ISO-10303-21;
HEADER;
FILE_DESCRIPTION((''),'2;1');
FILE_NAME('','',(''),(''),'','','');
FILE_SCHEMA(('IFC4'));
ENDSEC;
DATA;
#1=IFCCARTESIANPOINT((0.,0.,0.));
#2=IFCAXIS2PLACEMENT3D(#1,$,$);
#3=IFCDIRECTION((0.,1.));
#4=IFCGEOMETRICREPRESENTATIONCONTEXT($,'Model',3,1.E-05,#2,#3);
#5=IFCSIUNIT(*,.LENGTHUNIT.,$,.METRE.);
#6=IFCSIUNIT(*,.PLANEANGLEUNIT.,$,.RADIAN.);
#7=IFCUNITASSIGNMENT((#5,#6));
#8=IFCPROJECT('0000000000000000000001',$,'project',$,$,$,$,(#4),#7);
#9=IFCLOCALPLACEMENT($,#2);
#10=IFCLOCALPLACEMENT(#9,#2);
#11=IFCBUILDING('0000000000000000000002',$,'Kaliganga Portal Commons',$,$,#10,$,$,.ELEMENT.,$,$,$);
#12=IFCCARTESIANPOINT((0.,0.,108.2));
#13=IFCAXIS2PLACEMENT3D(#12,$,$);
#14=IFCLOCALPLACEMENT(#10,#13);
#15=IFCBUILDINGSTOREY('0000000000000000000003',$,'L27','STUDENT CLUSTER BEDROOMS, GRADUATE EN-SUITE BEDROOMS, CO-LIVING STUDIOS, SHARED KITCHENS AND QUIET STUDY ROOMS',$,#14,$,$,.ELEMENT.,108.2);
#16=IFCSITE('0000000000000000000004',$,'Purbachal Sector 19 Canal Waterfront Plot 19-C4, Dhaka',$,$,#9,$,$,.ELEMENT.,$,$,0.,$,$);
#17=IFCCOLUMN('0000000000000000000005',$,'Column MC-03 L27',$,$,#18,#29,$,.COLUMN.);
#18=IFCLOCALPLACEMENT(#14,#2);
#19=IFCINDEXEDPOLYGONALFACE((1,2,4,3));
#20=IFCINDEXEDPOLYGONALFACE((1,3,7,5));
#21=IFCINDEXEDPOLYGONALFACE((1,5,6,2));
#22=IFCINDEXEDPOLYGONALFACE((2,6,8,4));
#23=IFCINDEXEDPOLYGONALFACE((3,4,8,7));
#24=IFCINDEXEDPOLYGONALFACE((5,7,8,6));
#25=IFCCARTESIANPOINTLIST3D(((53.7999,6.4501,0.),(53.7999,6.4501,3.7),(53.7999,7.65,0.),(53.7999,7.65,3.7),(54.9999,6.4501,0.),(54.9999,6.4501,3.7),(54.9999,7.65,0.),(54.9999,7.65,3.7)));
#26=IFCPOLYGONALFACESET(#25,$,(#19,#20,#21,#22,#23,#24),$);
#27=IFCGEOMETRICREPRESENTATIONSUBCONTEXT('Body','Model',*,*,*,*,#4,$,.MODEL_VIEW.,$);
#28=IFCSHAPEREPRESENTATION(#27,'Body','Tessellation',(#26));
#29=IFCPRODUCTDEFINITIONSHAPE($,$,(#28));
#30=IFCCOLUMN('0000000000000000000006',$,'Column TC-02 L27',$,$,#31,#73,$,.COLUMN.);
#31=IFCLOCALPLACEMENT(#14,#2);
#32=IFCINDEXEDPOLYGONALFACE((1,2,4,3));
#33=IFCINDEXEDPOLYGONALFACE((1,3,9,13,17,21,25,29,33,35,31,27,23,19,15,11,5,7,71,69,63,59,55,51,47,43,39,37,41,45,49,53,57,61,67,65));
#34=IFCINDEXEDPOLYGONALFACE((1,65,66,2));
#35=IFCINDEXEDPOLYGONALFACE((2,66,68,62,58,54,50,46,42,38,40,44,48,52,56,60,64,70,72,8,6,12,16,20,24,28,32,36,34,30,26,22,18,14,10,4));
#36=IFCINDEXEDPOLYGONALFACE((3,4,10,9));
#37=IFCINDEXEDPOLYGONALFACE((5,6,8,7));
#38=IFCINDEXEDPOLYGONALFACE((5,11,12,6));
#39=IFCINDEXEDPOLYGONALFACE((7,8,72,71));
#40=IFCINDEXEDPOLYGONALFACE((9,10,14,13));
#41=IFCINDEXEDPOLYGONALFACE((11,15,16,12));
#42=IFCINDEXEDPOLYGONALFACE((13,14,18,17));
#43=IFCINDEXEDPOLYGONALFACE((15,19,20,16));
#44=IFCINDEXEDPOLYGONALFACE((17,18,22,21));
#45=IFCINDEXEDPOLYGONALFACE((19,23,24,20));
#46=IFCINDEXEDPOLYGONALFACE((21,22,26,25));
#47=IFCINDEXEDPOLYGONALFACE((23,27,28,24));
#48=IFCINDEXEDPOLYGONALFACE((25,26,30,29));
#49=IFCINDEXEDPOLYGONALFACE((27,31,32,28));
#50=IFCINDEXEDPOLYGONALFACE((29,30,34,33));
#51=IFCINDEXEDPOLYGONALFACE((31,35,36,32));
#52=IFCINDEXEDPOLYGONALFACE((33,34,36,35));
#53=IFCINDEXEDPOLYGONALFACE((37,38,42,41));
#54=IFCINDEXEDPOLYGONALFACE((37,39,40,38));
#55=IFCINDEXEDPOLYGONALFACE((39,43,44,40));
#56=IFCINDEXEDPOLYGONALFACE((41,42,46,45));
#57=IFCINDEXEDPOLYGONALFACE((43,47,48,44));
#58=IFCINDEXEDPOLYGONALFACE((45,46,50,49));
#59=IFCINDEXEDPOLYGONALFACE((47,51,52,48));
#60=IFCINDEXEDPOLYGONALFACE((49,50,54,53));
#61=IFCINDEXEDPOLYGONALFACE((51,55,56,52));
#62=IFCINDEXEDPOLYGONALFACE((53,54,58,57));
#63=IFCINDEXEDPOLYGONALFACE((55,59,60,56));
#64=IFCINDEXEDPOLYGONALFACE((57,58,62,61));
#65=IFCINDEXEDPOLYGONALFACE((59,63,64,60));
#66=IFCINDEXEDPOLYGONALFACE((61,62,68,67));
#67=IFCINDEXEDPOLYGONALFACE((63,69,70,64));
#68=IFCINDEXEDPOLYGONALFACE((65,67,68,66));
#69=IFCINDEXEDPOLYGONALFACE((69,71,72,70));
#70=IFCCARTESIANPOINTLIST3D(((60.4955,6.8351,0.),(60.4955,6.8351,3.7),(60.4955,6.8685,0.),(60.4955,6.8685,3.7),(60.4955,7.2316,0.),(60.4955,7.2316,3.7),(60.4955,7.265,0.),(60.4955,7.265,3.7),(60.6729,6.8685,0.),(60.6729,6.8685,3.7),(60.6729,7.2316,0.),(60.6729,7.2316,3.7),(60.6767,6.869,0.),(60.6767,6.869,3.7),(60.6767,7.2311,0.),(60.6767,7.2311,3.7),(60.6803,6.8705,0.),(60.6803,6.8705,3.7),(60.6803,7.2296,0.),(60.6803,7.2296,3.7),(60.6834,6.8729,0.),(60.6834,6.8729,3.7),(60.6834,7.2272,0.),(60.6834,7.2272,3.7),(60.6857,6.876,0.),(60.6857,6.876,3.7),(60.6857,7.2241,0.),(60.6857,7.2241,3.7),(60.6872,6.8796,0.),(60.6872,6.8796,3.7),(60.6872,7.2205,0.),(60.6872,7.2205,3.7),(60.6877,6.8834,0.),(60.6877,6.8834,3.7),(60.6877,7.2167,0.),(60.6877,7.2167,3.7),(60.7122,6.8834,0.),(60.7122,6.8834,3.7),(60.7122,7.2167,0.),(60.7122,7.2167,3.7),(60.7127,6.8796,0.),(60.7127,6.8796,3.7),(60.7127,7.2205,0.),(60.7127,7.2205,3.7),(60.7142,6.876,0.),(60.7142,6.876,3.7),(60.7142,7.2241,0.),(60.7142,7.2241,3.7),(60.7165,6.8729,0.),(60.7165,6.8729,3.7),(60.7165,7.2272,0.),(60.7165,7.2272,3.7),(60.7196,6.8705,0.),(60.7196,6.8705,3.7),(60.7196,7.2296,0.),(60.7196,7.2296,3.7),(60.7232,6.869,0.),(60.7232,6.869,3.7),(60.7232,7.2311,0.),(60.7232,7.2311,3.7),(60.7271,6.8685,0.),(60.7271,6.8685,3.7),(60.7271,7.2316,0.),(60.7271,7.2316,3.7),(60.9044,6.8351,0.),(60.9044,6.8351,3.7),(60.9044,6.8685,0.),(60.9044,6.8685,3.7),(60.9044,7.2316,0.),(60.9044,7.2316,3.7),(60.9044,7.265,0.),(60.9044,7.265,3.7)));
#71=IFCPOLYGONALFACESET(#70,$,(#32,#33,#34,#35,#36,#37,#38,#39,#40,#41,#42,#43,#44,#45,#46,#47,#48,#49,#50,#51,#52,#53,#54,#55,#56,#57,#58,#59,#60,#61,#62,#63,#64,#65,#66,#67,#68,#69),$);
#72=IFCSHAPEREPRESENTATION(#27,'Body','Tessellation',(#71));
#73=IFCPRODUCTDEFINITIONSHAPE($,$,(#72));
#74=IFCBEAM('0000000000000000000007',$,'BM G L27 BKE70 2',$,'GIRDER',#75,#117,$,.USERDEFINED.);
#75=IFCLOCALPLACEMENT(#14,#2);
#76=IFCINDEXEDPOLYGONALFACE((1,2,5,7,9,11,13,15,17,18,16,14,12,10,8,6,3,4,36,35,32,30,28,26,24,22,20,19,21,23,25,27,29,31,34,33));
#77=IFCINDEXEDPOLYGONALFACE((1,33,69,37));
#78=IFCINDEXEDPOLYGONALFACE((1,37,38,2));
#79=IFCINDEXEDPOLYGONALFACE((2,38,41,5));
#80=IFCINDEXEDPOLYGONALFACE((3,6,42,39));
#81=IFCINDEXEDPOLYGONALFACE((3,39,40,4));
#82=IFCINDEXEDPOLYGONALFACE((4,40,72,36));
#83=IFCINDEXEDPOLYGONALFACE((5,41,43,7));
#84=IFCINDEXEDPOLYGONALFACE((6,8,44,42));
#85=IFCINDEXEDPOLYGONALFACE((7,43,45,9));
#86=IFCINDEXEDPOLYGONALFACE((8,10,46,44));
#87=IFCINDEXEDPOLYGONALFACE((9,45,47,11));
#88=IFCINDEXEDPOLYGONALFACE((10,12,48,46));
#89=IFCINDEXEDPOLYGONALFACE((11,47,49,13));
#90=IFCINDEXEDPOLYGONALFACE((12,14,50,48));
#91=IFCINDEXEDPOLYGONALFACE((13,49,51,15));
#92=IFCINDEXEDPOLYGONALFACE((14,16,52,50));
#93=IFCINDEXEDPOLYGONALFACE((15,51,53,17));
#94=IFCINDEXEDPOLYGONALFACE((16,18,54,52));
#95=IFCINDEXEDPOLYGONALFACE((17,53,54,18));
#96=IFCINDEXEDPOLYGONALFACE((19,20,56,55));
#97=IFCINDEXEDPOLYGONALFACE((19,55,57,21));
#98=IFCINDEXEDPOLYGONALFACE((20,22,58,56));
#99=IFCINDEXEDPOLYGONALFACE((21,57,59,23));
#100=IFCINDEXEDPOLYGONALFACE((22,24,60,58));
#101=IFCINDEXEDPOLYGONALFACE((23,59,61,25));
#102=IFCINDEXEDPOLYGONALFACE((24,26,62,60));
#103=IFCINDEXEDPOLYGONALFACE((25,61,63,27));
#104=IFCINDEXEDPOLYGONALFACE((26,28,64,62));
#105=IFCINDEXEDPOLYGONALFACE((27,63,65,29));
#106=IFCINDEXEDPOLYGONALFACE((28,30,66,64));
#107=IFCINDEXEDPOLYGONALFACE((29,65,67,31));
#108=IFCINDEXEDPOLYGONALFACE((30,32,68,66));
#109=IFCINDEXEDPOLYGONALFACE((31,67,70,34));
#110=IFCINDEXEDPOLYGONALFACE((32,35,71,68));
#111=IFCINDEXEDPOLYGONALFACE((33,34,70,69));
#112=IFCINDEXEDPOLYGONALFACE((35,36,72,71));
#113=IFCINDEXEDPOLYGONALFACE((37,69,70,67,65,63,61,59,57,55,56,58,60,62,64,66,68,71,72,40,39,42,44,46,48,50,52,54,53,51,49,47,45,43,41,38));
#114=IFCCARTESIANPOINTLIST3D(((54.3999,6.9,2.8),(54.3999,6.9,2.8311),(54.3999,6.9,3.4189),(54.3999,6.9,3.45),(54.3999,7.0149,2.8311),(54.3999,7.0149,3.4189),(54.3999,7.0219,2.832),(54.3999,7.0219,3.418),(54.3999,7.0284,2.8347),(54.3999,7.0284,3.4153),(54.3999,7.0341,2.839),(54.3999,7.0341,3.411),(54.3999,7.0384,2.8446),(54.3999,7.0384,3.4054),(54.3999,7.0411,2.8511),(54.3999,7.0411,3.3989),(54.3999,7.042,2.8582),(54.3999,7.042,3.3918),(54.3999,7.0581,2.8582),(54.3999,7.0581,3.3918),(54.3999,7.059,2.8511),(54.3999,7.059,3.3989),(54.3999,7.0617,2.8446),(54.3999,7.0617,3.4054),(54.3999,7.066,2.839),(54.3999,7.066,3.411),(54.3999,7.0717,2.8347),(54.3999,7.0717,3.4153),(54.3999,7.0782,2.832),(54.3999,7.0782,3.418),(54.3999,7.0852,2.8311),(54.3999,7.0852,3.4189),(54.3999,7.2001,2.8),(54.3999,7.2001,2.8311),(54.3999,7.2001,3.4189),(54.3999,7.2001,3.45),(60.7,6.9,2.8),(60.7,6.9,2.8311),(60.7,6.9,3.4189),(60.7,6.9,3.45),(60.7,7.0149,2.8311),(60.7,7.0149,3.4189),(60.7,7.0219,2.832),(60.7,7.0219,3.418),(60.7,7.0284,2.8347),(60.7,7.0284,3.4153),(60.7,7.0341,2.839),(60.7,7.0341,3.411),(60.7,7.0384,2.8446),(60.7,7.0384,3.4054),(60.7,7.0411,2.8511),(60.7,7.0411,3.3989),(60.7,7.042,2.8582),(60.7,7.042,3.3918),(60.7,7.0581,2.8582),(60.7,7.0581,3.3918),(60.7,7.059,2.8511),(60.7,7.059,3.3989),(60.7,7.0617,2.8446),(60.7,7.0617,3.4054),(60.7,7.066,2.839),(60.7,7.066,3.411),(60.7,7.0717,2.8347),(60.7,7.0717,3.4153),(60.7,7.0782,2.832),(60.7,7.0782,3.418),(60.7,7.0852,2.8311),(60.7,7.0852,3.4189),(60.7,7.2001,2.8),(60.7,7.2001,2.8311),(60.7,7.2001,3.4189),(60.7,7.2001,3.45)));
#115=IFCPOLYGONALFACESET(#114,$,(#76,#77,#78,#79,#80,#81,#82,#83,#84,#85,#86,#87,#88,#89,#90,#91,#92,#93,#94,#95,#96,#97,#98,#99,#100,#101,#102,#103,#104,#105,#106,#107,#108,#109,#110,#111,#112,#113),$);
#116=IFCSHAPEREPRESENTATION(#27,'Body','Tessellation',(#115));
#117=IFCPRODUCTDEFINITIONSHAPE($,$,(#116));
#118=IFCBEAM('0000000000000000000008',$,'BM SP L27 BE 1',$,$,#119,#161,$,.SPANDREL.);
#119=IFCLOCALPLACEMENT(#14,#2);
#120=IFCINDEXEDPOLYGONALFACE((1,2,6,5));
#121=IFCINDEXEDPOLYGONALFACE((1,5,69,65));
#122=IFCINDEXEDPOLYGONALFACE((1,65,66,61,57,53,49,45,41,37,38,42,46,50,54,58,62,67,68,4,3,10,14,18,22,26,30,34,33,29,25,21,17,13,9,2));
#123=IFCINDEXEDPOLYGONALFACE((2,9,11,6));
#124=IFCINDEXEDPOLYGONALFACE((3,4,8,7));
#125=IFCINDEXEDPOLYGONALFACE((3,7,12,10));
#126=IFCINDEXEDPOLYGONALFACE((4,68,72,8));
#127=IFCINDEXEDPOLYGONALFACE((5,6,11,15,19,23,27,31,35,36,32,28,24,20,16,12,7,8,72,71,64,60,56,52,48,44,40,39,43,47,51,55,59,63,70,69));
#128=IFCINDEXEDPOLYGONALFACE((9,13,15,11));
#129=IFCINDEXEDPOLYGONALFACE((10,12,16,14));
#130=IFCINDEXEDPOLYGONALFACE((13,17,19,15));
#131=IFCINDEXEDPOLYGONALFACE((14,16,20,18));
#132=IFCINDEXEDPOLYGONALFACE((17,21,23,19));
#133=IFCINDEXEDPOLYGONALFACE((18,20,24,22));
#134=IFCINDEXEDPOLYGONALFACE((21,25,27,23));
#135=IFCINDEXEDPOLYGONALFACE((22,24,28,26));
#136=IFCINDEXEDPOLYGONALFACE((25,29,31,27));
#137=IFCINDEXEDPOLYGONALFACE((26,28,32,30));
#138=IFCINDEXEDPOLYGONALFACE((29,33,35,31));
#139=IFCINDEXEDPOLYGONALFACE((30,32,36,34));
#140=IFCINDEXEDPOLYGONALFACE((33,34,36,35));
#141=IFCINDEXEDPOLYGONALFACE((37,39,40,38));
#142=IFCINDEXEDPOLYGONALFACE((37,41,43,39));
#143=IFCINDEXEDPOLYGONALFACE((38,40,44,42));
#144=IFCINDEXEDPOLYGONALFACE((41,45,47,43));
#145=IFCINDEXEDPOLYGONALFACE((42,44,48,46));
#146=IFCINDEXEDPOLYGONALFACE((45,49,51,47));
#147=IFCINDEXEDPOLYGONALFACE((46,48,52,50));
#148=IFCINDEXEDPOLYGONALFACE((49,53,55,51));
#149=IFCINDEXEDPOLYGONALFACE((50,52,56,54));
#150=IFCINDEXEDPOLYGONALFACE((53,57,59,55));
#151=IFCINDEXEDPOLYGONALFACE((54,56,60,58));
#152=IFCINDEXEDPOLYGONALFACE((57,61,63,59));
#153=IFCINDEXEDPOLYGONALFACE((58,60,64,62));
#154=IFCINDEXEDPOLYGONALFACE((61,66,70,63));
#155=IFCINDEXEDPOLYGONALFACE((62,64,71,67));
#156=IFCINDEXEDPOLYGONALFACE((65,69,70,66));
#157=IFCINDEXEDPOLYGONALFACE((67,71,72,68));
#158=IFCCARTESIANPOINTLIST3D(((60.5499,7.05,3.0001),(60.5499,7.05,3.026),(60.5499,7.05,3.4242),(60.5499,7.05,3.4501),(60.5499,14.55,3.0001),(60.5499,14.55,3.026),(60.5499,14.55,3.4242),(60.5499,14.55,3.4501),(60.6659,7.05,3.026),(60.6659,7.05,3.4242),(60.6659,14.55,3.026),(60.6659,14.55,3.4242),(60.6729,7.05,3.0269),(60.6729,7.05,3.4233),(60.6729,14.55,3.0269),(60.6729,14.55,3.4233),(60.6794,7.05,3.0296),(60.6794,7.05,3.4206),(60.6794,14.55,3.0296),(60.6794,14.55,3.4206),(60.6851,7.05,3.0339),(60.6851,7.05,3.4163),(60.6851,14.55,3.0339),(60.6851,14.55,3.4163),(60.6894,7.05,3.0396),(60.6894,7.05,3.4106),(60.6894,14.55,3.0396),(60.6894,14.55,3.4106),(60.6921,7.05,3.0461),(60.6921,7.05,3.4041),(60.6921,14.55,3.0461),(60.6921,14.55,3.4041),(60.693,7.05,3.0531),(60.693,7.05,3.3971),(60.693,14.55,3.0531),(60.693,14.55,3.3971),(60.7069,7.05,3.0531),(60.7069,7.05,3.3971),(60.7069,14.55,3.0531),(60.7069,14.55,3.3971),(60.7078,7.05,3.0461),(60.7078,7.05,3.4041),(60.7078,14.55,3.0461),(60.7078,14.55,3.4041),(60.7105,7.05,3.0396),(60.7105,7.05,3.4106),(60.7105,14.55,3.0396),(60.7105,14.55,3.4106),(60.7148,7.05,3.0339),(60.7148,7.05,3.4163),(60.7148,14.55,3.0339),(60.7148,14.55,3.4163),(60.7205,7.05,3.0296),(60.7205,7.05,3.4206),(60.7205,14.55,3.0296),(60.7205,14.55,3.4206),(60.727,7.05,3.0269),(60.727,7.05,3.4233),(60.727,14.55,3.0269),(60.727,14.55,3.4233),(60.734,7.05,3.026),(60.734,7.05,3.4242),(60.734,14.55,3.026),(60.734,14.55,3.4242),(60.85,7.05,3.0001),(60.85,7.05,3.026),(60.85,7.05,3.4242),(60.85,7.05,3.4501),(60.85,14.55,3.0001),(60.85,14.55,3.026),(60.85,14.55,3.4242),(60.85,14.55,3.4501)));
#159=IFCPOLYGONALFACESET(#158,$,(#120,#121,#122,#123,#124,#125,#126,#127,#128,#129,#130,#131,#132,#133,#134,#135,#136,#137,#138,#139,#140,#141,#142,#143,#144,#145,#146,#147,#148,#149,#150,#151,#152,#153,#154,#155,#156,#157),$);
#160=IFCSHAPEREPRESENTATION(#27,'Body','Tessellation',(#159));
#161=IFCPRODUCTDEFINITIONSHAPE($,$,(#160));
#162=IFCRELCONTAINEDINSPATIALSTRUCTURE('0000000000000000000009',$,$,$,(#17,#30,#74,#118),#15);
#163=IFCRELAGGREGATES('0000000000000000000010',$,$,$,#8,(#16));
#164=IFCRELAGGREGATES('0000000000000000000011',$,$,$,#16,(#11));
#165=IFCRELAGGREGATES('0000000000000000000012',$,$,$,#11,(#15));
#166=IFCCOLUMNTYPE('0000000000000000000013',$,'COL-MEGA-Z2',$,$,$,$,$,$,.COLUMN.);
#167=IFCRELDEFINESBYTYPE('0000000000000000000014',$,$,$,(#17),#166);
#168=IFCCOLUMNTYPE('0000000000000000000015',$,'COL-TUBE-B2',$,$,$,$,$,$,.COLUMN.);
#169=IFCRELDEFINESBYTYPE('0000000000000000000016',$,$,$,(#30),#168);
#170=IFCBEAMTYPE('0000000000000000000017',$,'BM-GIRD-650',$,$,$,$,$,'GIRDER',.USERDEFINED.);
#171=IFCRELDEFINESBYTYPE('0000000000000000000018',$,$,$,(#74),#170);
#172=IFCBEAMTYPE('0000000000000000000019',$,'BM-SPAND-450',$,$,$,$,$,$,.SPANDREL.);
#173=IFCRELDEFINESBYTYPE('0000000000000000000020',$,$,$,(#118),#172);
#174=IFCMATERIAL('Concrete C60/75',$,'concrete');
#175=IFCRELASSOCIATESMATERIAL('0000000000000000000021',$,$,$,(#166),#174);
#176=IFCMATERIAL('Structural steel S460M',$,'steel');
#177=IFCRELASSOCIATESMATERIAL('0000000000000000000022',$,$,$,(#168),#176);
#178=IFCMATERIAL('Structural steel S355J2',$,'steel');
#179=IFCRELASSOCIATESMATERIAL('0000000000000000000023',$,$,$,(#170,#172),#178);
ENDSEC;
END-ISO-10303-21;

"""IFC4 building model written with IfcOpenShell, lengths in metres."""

from ifc_helpers import new_model, si_unit, direction, frame, origin, origin_2d, place, context, subcontext, project, spatial, rectangle, i_section, extrude, source, transform, mapped, material, material_profile, profile_set, type_object, element, save


model = new_model("IFC4")

# Units and contexts
model_context = context("Model", 3, precision=1e-05, world=origin(), true_north=direction((0.0, 1.0)))
body_context = subcontext(model_context, "Body", "Model", "MODEL_VIEW")
ifc_project = project(units=[si_unit("LENGTHUNIT", "METRE"), si_unit("PLANEANGLEUNIT", "RADIAN")], contexts=[model_context])

# Site, building, storey
site_placement = place(None, origin())
site = spatial("IfcSite", under=ifc_project, at=site_placement, Name="Purbachal Sector 19 Canal Waterfront Plot 19-C4, Dhaka", CompositionType="ELEMENT", RefElevation=0.0)
building_placement = place(site_placement, origin())
building = spatial("IfcBuilding", under=site, at=building_placement, Name="Kaliganga Portal Commons", CompositionType="ELEMENT")
storey_placement = place(building_placement, frame((0.0, 0.0, 108.2)))
storey = spatial("IfcBuildingStorey", under=building, at=storey_placement, Name="L27", Description="STUDENT CLUSTER BEDROOMS, GRADUATE EN-SUITE BEDROOMS, CO-LIVING STUDIOS, SHARED KITCHENS AND QUIET STUDY ROOMS", CompositionType="ELEMENT", Elevation=108.2)

# Columns
ifc_material_1 = material(Name="Concrete C60/75", Category="concrete")
ifc_material_profile_1 = material_profile(ifc_material_1, rectangle(XDim=1.2, YDim=1.2, at=origin_2d()), Name="RC 1200x1200")
ifc_profile_set_1 = profile_set([ifc_material_profile_1], Name="Concrete C60/75")
column_type_1 = type_object("IfcColumnType", Name="COL-MEGA-Z2", PredefinedType="COLUMN", material=ifc_profile_set_1)
shared_shape_1 = source(origin(), body_context, "Body", "SweptSolid", [
    extrude(rectangle(XDim=1.2, YDim=1.2, at=origin_2d()), origin(), (0.0, 0.0, 1.0), 3.7),
])
column_1_placement = place(storey_placement, frame((54.3999, 7.05, 0.0), z_axis=(0.0, 0.0, 1.0), x_axis=(1.0, 0.0, 0.0)))
element("IfcColumn", 1, at=column_1_placement, inside=storey, type_object=column_type_1, Name="Column MC-03 L27", PredefinedType="COLUMN", context=body_context, shape_type="MappedRepresentation", body=[
    mapped(shared_shape_1, transform((0.0, 0.0, 0.0), x_axis=(1.0, 0.0, 0.0), y_axis=(0.0, 1.0, 0.0), z_axis=(0.0, 0.0, 1.0), scale=1.0)),
])
ifc_material_2 = material(Name="Structural steel S460M", Category="steel")
ifc_material_profile_2 = material_profile(ifc_material_2, i_section(OverallWidth=0.4089, OverallDepth=0.4299, WebThickness=0.0244, FlangeThickness=0.0334, FilletRadius=0.0149, at=origin_2d()), Name="HD 400x421")
ifc_profile_set_2 = profile_set([ifc_material_profile_2], Name="Structural steel S460M wide-flange")
column_type_2 = type_object("IfcColumnType", Name="COL-TUBE-B2", PredefinedType="COLUMN", material=ifc_profile_set_2)
shared_shape_2 = source(origin(), body_context, "Body", "SweptSolid", [
    extrude(i_section(OverallWidth=0.4089, OverallDepth=0.4299, WebThickness=0.0244, FlangeThickness=0.0334, FilletRadius=0.0149, at=origin_2d()), origin(), (0.0, 0.0, 1.0), 3.7),
])
column_2_placement = place(storey_placement, frame((60.7, 7.05, 0.0), z_axis=(0.0, 0.0, 1.0), x_axis=(1.0, 0.0, 0.0)))
element("IfcColumn", 2, at=column_2_placement, inside=storey, type_object=column_type_2, Name="Column TC-02 L27", PredefinedType="COLUMN", context=body_context, shape_type="MappedRepresentation", body=[
    mapped(shared_shape_2, transform((0.0, 0.0, 0.0), x_axis=(1.0, 0.0, 0.0), y_axis=(0.0, 1.0, 0.0), z_axis=(0.0, 0.0, 1.0), scale=1.0)),
])

# Beams
ifc_material_3 = material(Name="Structural steel S355J2", Category="steel")
ifc_material_profile_3 = material_profile(ifc_material_3, i_section(OverallWidth=0.3, OverallDepth=0.6499, WebThickness=0.0161, FlangeThickness=0.031, FilletRadius=0.0271, at=origin_2d()), Name="HE 650 B")
ifc_profile_set_3 = profile_set([ifc_material_profile_3], Name="Structural steel S355J2 wide-flange")
beam_type_1 = type_object("IfcBeamType", Name="BM-GIRD-650", ElementType="GIRDER", PredefinedType="USERDEFINED", material=ifc_profile_set_3)
shared_shape_3 = source(origin(), body_context, "Body", "SweptSolid", [
    extrude(i_section(OverallWidth=0.3, OverallDepth=0.6499, WebThickness=0.0161, FlangeThickness=0.031, FilletRadius=0.0271, at=origin_2d()), origin(), (0.0, 0.0, 1.0), 6.3),
])
beam_1_placement = place(storey_placement, frame((54.3999, 7.05, 3.125), z_axis=(1.0, 0.0, 0.0), x_axis=(0.0, 1.0, 0.0)))
element("IfcBeam", 3, at=beam_1_placement, inside=storey, type_object=beam_type_1, Name="BM G L27 BKE70 2", ObjectType="GIRDER", PredefinedType="USERDEFINED", context=body_context, shape_type="MappedRepresentation", body=[
    mapped(shared_shape_3, transform((0.0, 0.0, 0.0), x_axis=(1.0, 0.0, 0.0), y_axis=(0.0, 1.0, 0.0), z_axis=(0.0, 0.0, 1.0), scale=1.0)),
])
ifc_material_profile_4 = material_profile(ifc_material_3, i_section(OverallWidth=0.3, OverallDepth=0.45, WebThickness=0.0139, FlangeThickness=0.0259, FilletRadius=0.0271, at=origin_2d()), Name="HE 450 B")
ifc_profile_set_4 = profile_set([ifc_material_profile_4], Name="Structural steel S355J2 wide-flange")
beam_type_2 = type_object("IfcBeamType", Name="BM-SPAND-450", PredefinedType="SPANDREL", material=ifc_profile_set_4)
shared_shape_4 = source(origin(), body_context, "Body", "SweptSolid", [
    extrude(i_section(OverallWidth=0.3, OverallDepth=0.45, WebThickness=0.0139, FlangeThickness=0.0259, FilletRadius=0.0271, at=origin_2d()), origin(), (0.0, 0.0, 1.0), 7.5),
])
beam_2_placement = place(storey_placement, frame((60.7, 7.05, 3.2251), z_axis=(0.0, 1.0, 0.0), x_axis=(-1.0, 0.0, 0.0)))
element("IfcBeam", 4, at=beam_2_placement, inside=storey, type_object=beam_type_2, Name="BM SP L27 BE 1", PredefinedType="SPANDREL", context=body_context, shape_type="MappedRepresentation", body=[
    mapped(shared_shape_4, transform((0.0, 0.0, 0.0), x_axis=(1.0, 0.0, 0.0), y_axis=(0.0, 1.0, 0.0), z_axis=(0.0, 0.0, 1.0), scale=1.0)),
])

save(model, "model.ifc")
